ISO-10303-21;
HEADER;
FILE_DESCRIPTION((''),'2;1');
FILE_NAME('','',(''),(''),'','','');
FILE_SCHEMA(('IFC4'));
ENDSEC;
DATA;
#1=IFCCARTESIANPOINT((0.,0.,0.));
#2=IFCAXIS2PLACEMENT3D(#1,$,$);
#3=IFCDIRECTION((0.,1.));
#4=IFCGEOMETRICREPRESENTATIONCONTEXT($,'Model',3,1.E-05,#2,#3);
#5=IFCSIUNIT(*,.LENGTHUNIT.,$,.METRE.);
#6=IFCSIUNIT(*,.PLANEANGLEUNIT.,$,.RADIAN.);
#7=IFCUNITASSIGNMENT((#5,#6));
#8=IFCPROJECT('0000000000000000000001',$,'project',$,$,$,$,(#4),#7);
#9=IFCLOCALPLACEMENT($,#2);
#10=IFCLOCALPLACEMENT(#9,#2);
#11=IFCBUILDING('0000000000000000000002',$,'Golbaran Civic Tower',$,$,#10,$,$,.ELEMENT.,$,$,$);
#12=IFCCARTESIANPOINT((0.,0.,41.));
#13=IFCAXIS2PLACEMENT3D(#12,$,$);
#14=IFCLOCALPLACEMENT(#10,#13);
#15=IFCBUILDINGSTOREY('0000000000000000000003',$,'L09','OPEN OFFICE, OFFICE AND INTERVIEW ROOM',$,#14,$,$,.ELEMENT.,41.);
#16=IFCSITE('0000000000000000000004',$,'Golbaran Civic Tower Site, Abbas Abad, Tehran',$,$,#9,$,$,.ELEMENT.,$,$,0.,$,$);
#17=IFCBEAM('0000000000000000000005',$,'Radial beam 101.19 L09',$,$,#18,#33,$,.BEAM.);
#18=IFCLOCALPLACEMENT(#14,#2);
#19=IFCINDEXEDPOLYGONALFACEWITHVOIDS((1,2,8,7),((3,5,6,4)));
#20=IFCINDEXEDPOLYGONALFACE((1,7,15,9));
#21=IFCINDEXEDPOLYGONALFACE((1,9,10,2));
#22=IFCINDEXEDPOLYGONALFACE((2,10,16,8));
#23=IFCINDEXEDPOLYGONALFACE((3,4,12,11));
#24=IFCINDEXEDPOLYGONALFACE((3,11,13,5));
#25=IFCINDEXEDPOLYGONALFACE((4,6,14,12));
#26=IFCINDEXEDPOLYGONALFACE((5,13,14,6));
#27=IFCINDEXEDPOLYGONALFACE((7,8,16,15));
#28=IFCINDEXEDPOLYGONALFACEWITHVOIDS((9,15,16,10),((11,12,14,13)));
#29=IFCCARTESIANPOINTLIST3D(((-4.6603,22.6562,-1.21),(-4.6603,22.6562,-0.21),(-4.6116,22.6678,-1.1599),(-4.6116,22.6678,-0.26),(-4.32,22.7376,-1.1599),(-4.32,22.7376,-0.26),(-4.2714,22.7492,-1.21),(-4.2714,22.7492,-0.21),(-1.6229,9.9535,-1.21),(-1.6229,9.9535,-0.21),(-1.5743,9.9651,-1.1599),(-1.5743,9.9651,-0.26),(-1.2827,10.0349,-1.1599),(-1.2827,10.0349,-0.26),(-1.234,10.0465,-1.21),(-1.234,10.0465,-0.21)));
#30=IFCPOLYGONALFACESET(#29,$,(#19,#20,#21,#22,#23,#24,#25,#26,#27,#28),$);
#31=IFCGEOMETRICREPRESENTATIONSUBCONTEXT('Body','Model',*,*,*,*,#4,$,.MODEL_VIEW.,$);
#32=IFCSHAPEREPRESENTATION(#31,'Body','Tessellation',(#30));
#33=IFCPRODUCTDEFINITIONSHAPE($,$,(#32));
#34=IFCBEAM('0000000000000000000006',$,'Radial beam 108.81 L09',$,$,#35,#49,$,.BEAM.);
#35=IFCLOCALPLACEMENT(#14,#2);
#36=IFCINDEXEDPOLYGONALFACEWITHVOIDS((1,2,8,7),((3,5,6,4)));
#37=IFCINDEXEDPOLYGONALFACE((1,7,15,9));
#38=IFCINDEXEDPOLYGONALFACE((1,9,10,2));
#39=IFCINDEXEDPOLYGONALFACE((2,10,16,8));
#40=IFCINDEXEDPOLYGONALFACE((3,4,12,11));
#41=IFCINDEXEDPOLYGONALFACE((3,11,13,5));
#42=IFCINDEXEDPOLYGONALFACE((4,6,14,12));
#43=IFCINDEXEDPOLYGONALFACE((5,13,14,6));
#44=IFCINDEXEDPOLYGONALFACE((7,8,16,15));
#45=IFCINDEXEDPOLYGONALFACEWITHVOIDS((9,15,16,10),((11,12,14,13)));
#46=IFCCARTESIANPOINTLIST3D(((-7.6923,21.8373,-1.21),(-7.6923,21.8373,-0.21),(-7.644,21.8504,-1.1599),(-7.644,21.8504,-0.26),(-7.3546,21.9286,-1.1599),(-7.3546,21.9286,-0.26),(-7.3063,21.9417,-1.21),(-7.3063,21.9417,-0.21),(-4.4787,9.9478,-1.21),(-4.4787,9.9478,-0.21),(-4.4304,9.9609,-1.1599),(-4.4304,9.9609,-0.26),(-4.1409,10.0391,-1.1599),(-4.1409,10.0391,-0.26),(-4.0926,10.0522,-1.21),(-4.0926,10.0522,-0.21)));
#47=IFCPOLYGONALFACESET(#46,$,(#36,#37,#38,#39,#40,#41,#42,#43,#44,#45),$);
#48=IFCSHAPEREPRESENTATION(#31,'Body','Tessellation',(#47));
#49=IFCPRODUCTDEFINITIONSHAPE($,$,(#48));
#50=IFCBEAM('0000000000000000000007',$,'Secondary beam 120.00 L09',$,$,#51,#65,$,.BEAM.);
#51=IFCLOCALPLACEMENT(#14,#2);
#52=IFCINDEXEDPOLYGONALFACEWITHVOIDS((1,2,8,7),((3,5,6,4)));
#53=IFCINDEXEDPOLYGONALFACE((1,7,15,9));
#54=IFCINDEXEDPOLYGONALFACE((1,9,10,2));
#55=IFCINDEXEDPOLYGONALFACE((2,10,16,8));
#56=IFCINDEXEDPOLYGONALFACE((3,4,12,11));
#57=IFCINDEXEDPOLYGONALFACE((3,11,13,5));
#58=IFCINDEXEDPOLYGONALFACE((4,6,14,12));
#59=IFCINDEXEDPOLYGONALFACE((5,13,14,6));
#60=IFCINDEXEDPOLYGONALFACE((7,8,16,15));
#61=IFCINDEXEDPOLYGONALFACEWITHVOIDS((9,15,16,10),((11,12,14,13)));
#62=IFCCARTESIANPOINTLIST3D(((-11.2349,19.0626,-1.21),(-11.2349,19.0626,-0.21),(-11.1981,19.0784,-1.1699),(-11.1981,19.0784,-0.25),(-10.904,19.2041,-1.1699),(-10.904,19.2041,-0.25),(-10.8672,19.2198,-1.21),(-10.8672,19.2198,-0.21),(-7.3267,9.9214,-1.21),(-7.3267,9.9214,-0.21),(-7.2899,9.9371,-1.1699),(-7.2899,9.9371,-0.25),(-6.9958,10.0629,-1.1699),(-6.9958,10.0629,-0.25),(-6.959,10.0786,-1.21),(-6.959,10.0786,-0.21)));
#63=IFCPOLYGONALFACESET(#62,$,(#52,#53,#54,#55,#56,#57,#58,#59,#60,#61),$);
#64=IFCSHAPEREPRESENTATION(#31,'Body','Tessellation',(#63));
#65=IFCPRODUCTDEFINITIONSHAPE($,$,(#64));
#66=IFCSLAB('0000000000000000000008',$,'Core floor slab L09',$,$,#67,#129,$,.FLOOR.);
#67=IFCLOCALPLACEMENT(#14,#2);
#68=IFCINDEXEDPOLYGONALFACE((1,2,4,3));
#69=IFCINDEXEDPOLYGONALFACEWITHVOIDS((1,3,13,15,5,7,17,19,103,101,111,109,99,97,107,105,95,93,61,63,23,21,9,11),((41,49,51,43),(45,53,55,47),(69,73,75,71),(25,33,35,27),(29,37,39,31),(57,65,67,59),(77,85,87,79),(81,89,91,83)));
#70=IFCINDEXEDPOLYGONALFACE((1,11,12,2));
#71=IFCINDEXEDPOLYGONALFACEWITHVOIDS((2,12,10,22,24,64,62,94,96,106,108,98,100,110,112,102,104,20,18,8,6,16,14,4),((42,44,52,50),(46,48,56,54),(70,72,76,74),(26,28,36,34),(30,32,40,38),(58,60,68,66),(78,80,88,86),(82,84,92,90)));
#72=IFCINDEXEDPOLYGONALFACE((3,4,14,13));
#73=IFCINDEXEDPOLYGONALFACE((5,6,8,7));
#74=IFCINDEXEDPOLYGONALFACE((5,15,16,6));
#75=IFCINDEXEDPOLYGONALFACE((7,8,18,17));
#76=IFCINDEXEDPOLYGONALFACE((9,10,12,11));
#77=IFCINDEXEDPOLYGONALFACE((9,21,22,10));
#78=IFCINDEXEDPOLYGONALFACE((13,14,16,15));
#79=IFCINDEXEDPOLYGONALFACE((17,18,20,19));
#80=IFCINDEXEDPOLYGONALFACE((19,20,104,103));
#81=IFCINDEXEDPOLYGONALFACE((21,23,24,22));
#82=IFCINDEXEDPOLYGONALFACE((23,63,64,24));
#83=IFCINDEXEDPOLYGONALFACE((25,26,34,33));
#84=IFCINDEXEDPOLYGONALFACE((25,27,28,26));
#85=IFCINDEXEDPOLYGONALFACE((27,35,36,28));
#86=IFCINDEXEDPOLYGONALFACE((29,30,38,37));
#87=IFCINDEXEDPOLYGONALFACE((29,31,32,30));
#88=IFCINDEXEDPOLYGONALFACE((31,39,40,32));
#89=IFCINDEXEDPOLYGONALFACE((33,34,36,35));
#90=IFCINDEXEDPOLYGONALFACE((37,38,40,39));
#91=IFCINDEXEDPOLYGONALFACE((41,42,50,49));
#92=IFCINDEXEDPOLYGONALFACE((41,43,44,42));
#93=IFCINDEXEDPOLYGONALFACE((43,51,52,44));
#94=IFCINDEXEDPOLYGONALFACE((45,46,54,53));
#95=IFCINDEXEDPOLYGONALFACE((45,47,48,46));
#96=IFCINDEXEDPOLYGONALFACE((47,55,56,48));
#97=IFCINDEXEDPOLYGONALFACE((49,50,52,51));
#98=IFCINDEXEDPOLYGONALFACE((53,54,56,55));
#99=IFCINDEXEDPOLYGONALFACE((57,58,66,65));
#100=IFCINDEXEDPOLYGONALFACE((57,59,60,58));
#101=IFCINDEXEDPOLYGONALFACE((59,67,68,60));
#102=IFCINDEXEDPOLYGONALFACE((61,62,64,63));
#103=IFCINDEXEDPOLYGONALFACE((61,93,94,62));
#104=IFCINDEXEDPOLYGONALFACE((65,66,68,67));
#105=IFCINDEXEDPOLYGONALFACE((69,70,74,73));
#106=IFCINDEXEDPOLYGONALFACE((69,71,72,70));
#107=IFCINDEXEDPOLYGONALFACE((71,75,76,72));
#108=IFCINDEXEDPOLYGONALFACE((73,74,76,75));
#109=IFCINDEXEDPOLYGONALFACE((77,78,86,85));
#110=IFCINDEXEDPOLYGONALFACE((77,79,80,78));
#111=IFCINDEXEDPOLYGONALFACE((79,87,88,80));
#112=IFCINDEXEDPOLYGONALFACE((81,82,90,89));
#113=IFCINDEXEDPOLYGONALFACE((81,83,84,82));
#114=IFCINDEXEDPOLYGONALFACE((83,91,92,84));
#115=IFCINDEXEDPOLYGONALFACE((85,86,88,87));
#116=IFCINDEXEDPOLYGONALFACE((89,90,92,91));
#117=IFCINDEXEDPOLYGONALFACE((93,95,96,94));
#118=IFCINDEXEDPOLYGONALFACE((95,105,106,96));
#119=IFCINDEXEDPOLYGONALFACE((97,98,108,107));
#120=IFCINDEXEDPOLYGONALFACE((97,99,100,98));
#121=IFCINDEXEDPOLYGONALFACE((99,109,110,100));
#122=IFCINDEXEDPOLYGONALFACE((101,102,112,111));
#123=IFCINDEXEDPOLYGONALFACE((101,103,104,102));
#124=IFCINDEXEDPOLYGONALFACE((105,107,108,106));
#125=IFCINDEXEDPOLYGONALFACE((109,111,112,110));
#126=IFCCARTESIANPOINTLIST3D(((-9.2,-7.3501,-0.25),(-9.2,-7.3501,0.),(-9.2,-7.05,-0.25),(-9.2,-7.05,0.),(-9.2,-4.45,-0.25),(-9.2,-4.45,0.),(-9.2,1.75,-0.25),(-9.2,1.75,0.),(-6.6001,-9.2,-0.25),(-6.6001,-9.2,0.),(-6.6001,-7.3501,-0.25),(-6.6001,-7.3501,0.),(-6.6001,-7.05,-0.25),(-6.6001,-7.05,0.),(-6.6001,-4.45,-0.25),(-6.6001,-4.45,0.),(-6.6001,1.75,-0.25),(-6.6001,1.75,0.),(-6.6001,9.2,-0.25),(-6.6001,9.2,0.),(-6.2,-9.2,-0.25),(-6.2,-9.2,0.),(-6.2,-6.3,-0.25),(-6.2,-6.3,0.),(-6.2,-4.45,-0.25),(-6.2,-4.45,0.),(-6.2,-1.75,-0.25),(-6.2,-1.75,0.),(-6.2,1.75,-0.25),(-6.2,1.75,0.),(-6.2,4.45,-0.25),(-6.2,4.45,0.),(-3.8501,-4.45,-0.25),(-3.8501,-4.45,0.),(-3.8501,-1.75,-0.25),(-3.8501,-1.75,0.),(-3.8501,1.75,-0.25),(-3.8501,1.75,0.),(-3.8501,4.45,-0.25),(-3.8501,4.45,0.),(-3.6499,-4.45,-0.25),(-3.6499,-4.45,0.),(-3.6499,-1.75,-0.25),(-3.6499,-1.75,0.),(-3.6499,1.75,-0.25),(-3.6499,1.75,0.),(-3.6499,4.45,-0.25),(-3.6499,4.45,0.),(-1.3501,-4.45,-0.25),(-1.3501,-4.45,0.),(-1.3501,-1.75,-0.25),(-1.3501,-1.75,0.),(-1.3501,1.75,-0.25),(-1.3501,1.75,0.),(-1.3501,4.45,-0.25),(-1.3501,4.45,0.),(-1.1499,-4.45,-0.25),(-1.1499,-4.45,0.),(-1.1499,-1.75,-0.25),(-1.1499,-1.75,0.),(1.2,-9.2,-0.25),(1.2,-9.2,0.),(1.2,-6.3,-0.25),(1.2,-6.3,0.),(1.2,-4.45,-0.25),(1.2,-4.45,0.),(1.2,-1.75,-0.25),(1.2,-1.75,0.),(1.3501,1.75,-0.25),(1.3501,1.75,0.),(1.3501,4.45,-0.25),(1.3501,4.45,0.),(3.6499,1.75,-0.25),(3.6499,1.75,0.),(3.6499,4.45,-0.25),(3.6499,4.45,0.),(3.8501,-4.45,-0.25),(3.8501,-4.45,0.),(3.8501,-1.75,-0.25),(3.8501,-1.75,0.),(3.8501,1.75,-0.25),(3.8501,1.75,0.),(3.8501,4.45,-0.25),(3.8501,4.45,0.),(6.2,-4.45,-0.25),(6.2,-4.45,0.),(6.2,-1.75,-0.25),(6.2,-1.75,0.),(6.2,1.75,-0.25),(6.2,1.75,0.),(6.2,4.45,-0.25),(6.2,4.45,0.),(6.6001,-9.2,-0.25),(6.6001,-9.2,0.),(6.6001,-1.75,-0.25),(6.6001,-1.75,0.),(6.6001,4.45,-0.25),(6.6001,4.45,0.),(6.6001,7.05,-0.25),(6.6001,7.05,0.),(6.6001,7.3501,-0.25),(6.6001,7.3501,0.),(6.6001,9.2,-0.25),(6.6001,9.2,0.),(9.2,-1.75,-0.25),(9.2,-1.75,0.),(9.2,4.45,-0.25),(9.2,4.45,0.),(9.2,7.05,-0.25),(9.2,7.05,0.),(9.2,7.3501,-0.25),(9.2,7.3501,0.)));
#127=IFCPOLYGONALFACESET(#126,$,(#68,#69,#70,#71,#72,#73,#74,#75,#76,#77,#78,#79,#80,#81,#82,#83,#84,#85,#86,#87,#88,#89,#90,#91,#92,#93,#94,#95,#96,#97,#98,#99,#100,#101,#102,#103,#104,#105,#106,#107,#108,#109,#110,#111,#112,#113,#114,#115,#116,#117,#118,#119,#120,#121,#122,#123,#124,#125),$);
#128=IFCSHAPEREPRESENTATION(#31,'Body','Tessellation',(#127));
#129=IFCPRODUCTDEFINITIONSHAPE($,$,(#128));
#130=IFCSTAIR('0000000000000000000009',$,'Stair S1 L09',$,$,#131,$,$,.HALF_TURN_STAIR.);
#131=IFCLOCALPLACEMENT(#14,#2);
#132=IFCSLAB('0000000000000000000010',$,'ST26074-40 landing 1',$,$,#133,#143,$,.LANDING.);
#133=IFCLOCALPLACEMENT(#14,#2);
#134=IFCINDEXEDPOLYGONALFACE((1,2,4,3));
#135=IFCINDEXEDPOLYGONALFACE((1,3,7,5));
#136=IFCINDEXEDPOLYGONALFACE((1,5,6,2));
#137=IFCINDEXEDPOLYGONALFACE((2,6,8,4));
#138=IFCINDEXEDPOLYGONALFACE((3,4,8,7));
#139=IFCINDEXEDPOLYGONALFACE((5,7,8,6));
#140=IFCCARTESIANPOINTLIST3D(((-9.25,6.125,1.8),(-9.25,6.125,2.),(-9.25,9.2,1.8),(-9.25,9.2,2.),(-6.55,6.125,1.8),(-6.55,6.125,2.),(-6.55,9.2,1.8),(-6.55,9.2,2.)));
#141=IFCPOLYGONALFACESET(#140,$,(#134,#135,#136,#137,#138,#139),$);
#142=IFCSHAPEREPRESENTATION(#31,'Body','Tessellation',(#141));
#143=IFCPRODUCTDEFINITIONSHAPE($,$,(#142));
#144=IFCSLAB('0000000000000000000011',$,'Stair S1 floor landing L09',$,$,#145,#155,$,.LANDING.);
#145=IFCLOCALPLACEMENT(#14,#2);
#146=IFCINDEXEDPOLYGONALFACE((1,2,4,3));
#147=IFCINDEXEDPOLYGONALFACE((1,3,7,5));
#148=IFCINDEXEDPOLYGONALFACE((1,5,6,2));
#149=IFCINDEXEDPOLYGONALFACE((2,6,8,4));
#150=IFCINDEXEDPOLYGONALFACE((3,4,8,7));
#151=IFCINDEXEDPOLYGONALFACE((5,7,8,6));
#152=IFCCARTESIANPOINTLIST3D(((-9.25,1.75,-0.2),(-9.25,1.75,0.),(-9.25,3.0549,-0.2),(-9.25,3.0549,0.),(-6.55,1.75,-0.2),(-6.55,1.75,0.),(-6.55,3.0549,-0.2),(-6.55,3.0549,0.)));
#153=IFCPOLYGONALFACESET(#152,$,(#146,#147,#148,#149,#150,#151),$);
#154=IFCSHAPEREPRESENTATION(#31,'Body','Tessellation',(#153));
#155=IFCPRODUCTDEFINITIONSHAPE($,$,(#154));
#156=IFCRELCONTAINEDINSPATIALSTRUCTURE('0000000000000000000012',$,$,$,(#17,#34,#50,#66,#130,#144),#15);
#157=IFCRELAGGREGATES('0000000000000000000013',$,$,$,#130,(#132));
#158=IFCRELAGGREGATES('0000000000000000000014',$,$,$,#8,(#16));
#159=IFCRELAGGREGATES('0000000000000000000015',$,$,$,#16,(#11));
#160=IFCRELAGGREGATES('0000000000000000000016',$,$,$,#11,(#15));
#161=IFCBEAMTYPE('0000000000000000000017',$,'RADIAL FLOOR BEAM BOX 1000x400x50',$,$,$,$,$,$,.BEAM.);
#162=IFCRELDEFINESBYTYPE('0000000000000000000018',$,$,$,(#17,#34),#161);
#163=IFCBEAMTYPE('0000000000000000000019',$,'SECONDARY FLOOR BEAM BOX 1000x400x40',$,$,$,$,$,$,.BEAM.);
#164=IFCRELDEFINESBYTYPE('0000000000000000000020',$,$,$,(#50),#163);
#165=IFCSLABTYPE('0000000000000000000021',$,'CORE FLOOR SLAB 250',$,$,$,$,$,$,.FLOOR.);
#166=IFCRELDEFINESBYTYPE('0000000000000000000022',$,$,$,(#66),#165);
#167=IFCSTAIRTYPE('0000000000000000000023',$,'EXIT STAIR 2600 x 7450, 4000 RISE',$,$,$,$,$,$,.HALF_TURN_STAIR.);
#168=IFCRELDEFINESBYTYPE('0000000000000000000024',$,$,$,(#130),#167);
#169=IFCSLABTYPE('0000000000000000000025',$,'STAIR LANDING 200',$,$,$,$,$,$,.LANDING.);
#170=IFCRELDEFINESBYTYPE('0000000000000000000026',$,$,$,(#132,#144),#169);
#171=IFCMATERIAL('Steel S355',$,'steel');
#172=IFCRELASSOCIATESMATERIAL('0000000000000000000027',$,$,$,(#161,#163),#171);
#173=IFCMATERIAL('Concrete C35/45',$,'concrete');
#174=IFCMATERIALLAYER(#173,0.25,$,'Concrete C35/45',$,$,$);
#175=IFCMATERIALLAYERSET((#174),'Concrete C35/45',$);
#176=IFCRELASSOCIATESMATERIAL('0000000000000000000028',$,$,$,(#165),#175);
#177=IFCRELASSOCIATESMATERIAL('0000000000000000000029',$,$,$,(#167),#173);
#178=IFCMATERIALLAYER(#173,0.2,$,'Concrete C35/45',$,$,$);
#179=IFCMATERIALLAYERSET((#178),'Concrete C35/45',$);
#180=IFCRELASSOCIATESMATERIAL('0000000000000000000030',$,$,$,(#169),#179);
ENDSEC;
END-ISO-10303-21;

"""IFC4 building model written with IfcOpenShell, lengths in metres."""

from ifc_helpers import new_model, si_unit, direction, frame, origin, origin_2d, place, context, subcontext, project, spatial, polyline, hollow_rectangle, outline, extrude, material, layer, layer_set, material_profile, profile_set, type_object, element, aggregate, save


model = new_model("IFC4")

# Units and contexts
model_context = context("Model", 3, precision=1e-05, world=origin(), true_north=direction((0.0, 1.0)))
body_context = subcontext(model_context, "Body", "Model", "MODEL_VIEW")
ifc_project = project(units=[si_unit("LENGTHUNIT", "METRE"), si_unit("PLANEANGLEUNIT", "RADIAN")], contexts=[model_context])

# Site, building, storey
site_placement = place(None, origin())
site = spatial("IfcSite", under=ifc_project, at=site_placement, Name="Golbaran Civic Tower Site, Abbas Abad, Tehran", CompositionType="ELEMENT", RefElevation=0.0)
building_placement = place(site_placement, origin())
building = spatial("IfcBuilding", under=site, at=building_placement, Name="Golbaran Civic Tower", CompositionType="ELEMENT")
storey_placement = place(building_placement, frame((0.0, 0.0, 41.0)))
storey = spatial("IfcBuildingStorey", under=building, at=storey_placement, Name="L09", Description="OPEN OFFICE, OFFICE AND INTERVIEW ROOM", CompositionType="ELEMENT", Elevation=41.0)

# Beams
ifc_material_1 = material(Name="Steel S355", Category="steel")
ifc_material_profile_1 = material_profile(ifc_material_1, hollow_rectangle(XDim=0.3999, YDim=1.0, WallThickness=0.05, at=origin_2d()), Name="BOX 1000x400x50")
ifc_profile_set_1 = profile_set([ifc_material_profile_1], Name="Steel S355")
beam_type_1 = type_object("IfcBeamType", Name="RADIAL FLOOR BEAM BOX 1000x400x50", PredefinedType="BEAM", material=ifc_profile_set_1)
beam_1_placement = place(storey_placement, frame((-1.4285, 10.0, -0.71), z_axis=(-0.232556, 0.972583, 0.0), x_axis=(-0.972583, -0.232556, 0.0)))
element("IfcBeam", 1, at=beam_1_placement, inside=storey, type_object=beam_type_1, Name="Radial beam 101.19 L09", PredefinedType="BEAM", context=body_context, shape_type="SweptSolid", body=[
    extrude(hollow_rectangle(XDim=0.3999, YDim=1.0, WallThickness=0.05, at=origin_2d()), origin(), (0.0, 0.0, 1.0), 13.0608),
])
beam_2_placement = place(storey_placement, frame((-4.2856, 10.0, -0.71), z_axis=(-0.260929, 0.965358, 0.0), x_axis=(-0.965358, -0.260929, 0.0)))
element("IfcBeam", 2, at=beam_2_placement, inside=storey, type_object=beam_type_1, Name="Radial beam 108.81 L09", PredefinedType="BEAM", context=body_context, shape_type="SweptSolid", body=[
    extrude(hollow_rectangle(XDim=0.3999, YDim=1.0, WallThickness=0.05, at=origin_2d()), origin(), (0.0, 0.0, 1.0), 12.3162),
])
ifc_material_profile_2 = material_profile(ifc_material_1, hollow_rectangle(XDim=0.3999, YDim=1.0, WallThickness=0.04, at=origin_2d()), Name="BOX 1000x400x40")
ifc_profile_set_2 = profile_set([ifc_material_profile_2], Name="Steel S355")
beam_type_2 = type_object("IfcBeamType", Name="SECONDARY FLOOR BEAM BOX 1000x400x40", PredefinedType="BEAM", material=ifc_profile_set_2)
beam_3_placement = place(storey_placement, frame((-7.1428, 10.0, -0.71), z_axis=(-0.393119, 0.919488, 0.0), x_axis=(-0.919488, -0.393119, 0.0)))
element("IfcBeam", 3, at=beam_3_placement, inside=storey, type_object=beam_type_2, Name="Secondary beam 120.00 L09", PredefinedType="BEAM", context=body_context, shape_type="SweptSolid", body=[
    extrude(hollow_rectangle(XDim=0.3999, YDim=1.0, WallThickness=0.04, at=origin_2d()), origin(), (0.0, 0.0, 1.0), 9.9417),
])

# Slab
ifc_material_2 = material(Name="Concrete C35/45", Category="concrete")
ifc_layer_1 = layer(ifc_material_2, 0.25, Name="Concrete C35/45")
ifc_layer_set_1 = layer_set([ifc_layer_1], Name="Concrete C35/45")
slab_type_1 = type_object("IfcSlabType", Name="CORE FLOOR SLAB 250", PredefinedType="FLOOR", material=ifc_layer_set_1)
slab_1_placement = place(storey_placement, frame((0.0, 0.0, -0.25)))
element("IfcSlab", 4, at=slab_1_placement, inside=storey, type_object=slab_type_1, Name="Core floor slab L09", PredefinedType="FLOOR", context=body_context, shape_type="SweptSolid", body=[
    extrude(outline(polyline([(6.6001, -1.75), (6.6001, -9.2), (1.2, -9.2), (1.2, -6.3), (-6.2, -6.3), (-6.2, -9.2), (-6.6001, -9.2), (-6.6001, -7.3501), (-9.2, -7.3501), (-9.2, -7.05), (-6.6001, -7.05), (-6.6001, -4.45), (-9.2, -4.45), (-9.2, 1.75), (-6.6001, 1.75), (-6.6001, 9.2), (6.6001, 9.2), (6.6001, 7.3501), (9.2, 7.3501), (9.2, 7.05), (6.6001, 7.05), (6.6001, 4.45), (9.2, 4.45), (9.2, -1.75), (6.6001, -1.75)]), holes=[polyline([(6.2, -1.75), (3.8501, -1.75), (3.8501, -4.45), (6.2, -4.45), (6.2, -1.75)]), polyline([(6.2, 4.45), (3.8501, 4.45), (3.8501, 1.75), (6.2, 1.75), (6.2, 4.45)]), polyline([(3.6499, 4.45), (1.3501, 4.45), (1.3501, 1.75), (3.6499, 1.75), (3.6499, 4.45)]), polyline([(1.2, -1.75), (-1.1499, -1.75), (-1.1499, -4.45), (1.2, -4.45), (1.2, -1.75)]), polyline([(-1.3501, 4.45), (-3.6499, 4.45), (-3.6499, 1.75), (-1.3501, 1.75), (-1.3501, 4.45)]), polyline([(-1.3501, -1.75), (-3.6499, -1.75), (-3.6499, -4.45), (-1.3501, -4.45), (-1.3501, -1.75)]), polyline([(-3.8501, -1.75), (-6.2, -1.75), (-6.2, -4.45), (-3.8501, -4.45), (-3.8501, -1.75)]), polyline([(-3.8501, 4.45), (-6.2, 4.45), (-6.2, 1.75), (-3.8501, 1.75), (-3.8501, 4.45)])]), origin(), (0.0, 0.0, 1.0), 0.25),
])

# Stair, slab
stair_type = type_object("IfcStairType", Name="EXIT STAIR 2600 x 7450, 4000 RISE", PredefinedType="HALF_TURN_STAIR", material=ifc_material_2)
stair_placement = place(storey_placement, origin())
stair = element("IfcStair", 5, at=stair_placement, inside=storey, type_object=stair_type, Name="Stair S1 L09", PredefinedType="HALF_TURN_STAIR")
ifc_layer_2 = layer(ifc_material_2, 0.2, Name="Concrete C35/45")
ifc_layer_set_2 = layer_set([ifc_layer_2], Name="Concrete C35/45")
slab_type_2 = type_object("IfcSlabType", Name="STAIR LANDING 200", PredefinedType="LANDING", material=ifc_layer_set_2)
slab_2_placement = place(storey_placement, frame((0.0, 0.0, 1.8)))
slab_2 = element("IfcSlab", 6, at=slab_2_placement, type_object=slab_type_2, Name="ST26074-40 landing 1", PredefinedType="LANDING", context=body_context, shape_type="SweptSolid", body=[
    extrude(outline(polyline([(-9.25, 6.125), (-9.25, 9.2), (-6.55, 9.2), (-6.55, 6.125), (-9.25, 6.125)])), origin(), (0.0, 0.0, 1.0), 0.2),
])

# Slab
slab_3_placement = place(storey_placement, frame((0.0, 0.0, -0.2)))
element("IfcSlab", 7, at=slab_3_placement, inside=storey, type_object=slab_type_2, Name="Stair S1 floor landing L09", PredefinedType="LANDING", context=body_context, shape_type="SweptSolid", body=[
    extrude(outline(polyline([(-9.25, 1.75), (-9.25, 3.0549), (-6.55, 3.0549), (-6.55, 1.75), (-9.25, 1.75)])), origin(), (0.0, 0.0, 1.0), 0.2),
])

aggregate(stair, [slab_2])

save(model, "model.ifc")
